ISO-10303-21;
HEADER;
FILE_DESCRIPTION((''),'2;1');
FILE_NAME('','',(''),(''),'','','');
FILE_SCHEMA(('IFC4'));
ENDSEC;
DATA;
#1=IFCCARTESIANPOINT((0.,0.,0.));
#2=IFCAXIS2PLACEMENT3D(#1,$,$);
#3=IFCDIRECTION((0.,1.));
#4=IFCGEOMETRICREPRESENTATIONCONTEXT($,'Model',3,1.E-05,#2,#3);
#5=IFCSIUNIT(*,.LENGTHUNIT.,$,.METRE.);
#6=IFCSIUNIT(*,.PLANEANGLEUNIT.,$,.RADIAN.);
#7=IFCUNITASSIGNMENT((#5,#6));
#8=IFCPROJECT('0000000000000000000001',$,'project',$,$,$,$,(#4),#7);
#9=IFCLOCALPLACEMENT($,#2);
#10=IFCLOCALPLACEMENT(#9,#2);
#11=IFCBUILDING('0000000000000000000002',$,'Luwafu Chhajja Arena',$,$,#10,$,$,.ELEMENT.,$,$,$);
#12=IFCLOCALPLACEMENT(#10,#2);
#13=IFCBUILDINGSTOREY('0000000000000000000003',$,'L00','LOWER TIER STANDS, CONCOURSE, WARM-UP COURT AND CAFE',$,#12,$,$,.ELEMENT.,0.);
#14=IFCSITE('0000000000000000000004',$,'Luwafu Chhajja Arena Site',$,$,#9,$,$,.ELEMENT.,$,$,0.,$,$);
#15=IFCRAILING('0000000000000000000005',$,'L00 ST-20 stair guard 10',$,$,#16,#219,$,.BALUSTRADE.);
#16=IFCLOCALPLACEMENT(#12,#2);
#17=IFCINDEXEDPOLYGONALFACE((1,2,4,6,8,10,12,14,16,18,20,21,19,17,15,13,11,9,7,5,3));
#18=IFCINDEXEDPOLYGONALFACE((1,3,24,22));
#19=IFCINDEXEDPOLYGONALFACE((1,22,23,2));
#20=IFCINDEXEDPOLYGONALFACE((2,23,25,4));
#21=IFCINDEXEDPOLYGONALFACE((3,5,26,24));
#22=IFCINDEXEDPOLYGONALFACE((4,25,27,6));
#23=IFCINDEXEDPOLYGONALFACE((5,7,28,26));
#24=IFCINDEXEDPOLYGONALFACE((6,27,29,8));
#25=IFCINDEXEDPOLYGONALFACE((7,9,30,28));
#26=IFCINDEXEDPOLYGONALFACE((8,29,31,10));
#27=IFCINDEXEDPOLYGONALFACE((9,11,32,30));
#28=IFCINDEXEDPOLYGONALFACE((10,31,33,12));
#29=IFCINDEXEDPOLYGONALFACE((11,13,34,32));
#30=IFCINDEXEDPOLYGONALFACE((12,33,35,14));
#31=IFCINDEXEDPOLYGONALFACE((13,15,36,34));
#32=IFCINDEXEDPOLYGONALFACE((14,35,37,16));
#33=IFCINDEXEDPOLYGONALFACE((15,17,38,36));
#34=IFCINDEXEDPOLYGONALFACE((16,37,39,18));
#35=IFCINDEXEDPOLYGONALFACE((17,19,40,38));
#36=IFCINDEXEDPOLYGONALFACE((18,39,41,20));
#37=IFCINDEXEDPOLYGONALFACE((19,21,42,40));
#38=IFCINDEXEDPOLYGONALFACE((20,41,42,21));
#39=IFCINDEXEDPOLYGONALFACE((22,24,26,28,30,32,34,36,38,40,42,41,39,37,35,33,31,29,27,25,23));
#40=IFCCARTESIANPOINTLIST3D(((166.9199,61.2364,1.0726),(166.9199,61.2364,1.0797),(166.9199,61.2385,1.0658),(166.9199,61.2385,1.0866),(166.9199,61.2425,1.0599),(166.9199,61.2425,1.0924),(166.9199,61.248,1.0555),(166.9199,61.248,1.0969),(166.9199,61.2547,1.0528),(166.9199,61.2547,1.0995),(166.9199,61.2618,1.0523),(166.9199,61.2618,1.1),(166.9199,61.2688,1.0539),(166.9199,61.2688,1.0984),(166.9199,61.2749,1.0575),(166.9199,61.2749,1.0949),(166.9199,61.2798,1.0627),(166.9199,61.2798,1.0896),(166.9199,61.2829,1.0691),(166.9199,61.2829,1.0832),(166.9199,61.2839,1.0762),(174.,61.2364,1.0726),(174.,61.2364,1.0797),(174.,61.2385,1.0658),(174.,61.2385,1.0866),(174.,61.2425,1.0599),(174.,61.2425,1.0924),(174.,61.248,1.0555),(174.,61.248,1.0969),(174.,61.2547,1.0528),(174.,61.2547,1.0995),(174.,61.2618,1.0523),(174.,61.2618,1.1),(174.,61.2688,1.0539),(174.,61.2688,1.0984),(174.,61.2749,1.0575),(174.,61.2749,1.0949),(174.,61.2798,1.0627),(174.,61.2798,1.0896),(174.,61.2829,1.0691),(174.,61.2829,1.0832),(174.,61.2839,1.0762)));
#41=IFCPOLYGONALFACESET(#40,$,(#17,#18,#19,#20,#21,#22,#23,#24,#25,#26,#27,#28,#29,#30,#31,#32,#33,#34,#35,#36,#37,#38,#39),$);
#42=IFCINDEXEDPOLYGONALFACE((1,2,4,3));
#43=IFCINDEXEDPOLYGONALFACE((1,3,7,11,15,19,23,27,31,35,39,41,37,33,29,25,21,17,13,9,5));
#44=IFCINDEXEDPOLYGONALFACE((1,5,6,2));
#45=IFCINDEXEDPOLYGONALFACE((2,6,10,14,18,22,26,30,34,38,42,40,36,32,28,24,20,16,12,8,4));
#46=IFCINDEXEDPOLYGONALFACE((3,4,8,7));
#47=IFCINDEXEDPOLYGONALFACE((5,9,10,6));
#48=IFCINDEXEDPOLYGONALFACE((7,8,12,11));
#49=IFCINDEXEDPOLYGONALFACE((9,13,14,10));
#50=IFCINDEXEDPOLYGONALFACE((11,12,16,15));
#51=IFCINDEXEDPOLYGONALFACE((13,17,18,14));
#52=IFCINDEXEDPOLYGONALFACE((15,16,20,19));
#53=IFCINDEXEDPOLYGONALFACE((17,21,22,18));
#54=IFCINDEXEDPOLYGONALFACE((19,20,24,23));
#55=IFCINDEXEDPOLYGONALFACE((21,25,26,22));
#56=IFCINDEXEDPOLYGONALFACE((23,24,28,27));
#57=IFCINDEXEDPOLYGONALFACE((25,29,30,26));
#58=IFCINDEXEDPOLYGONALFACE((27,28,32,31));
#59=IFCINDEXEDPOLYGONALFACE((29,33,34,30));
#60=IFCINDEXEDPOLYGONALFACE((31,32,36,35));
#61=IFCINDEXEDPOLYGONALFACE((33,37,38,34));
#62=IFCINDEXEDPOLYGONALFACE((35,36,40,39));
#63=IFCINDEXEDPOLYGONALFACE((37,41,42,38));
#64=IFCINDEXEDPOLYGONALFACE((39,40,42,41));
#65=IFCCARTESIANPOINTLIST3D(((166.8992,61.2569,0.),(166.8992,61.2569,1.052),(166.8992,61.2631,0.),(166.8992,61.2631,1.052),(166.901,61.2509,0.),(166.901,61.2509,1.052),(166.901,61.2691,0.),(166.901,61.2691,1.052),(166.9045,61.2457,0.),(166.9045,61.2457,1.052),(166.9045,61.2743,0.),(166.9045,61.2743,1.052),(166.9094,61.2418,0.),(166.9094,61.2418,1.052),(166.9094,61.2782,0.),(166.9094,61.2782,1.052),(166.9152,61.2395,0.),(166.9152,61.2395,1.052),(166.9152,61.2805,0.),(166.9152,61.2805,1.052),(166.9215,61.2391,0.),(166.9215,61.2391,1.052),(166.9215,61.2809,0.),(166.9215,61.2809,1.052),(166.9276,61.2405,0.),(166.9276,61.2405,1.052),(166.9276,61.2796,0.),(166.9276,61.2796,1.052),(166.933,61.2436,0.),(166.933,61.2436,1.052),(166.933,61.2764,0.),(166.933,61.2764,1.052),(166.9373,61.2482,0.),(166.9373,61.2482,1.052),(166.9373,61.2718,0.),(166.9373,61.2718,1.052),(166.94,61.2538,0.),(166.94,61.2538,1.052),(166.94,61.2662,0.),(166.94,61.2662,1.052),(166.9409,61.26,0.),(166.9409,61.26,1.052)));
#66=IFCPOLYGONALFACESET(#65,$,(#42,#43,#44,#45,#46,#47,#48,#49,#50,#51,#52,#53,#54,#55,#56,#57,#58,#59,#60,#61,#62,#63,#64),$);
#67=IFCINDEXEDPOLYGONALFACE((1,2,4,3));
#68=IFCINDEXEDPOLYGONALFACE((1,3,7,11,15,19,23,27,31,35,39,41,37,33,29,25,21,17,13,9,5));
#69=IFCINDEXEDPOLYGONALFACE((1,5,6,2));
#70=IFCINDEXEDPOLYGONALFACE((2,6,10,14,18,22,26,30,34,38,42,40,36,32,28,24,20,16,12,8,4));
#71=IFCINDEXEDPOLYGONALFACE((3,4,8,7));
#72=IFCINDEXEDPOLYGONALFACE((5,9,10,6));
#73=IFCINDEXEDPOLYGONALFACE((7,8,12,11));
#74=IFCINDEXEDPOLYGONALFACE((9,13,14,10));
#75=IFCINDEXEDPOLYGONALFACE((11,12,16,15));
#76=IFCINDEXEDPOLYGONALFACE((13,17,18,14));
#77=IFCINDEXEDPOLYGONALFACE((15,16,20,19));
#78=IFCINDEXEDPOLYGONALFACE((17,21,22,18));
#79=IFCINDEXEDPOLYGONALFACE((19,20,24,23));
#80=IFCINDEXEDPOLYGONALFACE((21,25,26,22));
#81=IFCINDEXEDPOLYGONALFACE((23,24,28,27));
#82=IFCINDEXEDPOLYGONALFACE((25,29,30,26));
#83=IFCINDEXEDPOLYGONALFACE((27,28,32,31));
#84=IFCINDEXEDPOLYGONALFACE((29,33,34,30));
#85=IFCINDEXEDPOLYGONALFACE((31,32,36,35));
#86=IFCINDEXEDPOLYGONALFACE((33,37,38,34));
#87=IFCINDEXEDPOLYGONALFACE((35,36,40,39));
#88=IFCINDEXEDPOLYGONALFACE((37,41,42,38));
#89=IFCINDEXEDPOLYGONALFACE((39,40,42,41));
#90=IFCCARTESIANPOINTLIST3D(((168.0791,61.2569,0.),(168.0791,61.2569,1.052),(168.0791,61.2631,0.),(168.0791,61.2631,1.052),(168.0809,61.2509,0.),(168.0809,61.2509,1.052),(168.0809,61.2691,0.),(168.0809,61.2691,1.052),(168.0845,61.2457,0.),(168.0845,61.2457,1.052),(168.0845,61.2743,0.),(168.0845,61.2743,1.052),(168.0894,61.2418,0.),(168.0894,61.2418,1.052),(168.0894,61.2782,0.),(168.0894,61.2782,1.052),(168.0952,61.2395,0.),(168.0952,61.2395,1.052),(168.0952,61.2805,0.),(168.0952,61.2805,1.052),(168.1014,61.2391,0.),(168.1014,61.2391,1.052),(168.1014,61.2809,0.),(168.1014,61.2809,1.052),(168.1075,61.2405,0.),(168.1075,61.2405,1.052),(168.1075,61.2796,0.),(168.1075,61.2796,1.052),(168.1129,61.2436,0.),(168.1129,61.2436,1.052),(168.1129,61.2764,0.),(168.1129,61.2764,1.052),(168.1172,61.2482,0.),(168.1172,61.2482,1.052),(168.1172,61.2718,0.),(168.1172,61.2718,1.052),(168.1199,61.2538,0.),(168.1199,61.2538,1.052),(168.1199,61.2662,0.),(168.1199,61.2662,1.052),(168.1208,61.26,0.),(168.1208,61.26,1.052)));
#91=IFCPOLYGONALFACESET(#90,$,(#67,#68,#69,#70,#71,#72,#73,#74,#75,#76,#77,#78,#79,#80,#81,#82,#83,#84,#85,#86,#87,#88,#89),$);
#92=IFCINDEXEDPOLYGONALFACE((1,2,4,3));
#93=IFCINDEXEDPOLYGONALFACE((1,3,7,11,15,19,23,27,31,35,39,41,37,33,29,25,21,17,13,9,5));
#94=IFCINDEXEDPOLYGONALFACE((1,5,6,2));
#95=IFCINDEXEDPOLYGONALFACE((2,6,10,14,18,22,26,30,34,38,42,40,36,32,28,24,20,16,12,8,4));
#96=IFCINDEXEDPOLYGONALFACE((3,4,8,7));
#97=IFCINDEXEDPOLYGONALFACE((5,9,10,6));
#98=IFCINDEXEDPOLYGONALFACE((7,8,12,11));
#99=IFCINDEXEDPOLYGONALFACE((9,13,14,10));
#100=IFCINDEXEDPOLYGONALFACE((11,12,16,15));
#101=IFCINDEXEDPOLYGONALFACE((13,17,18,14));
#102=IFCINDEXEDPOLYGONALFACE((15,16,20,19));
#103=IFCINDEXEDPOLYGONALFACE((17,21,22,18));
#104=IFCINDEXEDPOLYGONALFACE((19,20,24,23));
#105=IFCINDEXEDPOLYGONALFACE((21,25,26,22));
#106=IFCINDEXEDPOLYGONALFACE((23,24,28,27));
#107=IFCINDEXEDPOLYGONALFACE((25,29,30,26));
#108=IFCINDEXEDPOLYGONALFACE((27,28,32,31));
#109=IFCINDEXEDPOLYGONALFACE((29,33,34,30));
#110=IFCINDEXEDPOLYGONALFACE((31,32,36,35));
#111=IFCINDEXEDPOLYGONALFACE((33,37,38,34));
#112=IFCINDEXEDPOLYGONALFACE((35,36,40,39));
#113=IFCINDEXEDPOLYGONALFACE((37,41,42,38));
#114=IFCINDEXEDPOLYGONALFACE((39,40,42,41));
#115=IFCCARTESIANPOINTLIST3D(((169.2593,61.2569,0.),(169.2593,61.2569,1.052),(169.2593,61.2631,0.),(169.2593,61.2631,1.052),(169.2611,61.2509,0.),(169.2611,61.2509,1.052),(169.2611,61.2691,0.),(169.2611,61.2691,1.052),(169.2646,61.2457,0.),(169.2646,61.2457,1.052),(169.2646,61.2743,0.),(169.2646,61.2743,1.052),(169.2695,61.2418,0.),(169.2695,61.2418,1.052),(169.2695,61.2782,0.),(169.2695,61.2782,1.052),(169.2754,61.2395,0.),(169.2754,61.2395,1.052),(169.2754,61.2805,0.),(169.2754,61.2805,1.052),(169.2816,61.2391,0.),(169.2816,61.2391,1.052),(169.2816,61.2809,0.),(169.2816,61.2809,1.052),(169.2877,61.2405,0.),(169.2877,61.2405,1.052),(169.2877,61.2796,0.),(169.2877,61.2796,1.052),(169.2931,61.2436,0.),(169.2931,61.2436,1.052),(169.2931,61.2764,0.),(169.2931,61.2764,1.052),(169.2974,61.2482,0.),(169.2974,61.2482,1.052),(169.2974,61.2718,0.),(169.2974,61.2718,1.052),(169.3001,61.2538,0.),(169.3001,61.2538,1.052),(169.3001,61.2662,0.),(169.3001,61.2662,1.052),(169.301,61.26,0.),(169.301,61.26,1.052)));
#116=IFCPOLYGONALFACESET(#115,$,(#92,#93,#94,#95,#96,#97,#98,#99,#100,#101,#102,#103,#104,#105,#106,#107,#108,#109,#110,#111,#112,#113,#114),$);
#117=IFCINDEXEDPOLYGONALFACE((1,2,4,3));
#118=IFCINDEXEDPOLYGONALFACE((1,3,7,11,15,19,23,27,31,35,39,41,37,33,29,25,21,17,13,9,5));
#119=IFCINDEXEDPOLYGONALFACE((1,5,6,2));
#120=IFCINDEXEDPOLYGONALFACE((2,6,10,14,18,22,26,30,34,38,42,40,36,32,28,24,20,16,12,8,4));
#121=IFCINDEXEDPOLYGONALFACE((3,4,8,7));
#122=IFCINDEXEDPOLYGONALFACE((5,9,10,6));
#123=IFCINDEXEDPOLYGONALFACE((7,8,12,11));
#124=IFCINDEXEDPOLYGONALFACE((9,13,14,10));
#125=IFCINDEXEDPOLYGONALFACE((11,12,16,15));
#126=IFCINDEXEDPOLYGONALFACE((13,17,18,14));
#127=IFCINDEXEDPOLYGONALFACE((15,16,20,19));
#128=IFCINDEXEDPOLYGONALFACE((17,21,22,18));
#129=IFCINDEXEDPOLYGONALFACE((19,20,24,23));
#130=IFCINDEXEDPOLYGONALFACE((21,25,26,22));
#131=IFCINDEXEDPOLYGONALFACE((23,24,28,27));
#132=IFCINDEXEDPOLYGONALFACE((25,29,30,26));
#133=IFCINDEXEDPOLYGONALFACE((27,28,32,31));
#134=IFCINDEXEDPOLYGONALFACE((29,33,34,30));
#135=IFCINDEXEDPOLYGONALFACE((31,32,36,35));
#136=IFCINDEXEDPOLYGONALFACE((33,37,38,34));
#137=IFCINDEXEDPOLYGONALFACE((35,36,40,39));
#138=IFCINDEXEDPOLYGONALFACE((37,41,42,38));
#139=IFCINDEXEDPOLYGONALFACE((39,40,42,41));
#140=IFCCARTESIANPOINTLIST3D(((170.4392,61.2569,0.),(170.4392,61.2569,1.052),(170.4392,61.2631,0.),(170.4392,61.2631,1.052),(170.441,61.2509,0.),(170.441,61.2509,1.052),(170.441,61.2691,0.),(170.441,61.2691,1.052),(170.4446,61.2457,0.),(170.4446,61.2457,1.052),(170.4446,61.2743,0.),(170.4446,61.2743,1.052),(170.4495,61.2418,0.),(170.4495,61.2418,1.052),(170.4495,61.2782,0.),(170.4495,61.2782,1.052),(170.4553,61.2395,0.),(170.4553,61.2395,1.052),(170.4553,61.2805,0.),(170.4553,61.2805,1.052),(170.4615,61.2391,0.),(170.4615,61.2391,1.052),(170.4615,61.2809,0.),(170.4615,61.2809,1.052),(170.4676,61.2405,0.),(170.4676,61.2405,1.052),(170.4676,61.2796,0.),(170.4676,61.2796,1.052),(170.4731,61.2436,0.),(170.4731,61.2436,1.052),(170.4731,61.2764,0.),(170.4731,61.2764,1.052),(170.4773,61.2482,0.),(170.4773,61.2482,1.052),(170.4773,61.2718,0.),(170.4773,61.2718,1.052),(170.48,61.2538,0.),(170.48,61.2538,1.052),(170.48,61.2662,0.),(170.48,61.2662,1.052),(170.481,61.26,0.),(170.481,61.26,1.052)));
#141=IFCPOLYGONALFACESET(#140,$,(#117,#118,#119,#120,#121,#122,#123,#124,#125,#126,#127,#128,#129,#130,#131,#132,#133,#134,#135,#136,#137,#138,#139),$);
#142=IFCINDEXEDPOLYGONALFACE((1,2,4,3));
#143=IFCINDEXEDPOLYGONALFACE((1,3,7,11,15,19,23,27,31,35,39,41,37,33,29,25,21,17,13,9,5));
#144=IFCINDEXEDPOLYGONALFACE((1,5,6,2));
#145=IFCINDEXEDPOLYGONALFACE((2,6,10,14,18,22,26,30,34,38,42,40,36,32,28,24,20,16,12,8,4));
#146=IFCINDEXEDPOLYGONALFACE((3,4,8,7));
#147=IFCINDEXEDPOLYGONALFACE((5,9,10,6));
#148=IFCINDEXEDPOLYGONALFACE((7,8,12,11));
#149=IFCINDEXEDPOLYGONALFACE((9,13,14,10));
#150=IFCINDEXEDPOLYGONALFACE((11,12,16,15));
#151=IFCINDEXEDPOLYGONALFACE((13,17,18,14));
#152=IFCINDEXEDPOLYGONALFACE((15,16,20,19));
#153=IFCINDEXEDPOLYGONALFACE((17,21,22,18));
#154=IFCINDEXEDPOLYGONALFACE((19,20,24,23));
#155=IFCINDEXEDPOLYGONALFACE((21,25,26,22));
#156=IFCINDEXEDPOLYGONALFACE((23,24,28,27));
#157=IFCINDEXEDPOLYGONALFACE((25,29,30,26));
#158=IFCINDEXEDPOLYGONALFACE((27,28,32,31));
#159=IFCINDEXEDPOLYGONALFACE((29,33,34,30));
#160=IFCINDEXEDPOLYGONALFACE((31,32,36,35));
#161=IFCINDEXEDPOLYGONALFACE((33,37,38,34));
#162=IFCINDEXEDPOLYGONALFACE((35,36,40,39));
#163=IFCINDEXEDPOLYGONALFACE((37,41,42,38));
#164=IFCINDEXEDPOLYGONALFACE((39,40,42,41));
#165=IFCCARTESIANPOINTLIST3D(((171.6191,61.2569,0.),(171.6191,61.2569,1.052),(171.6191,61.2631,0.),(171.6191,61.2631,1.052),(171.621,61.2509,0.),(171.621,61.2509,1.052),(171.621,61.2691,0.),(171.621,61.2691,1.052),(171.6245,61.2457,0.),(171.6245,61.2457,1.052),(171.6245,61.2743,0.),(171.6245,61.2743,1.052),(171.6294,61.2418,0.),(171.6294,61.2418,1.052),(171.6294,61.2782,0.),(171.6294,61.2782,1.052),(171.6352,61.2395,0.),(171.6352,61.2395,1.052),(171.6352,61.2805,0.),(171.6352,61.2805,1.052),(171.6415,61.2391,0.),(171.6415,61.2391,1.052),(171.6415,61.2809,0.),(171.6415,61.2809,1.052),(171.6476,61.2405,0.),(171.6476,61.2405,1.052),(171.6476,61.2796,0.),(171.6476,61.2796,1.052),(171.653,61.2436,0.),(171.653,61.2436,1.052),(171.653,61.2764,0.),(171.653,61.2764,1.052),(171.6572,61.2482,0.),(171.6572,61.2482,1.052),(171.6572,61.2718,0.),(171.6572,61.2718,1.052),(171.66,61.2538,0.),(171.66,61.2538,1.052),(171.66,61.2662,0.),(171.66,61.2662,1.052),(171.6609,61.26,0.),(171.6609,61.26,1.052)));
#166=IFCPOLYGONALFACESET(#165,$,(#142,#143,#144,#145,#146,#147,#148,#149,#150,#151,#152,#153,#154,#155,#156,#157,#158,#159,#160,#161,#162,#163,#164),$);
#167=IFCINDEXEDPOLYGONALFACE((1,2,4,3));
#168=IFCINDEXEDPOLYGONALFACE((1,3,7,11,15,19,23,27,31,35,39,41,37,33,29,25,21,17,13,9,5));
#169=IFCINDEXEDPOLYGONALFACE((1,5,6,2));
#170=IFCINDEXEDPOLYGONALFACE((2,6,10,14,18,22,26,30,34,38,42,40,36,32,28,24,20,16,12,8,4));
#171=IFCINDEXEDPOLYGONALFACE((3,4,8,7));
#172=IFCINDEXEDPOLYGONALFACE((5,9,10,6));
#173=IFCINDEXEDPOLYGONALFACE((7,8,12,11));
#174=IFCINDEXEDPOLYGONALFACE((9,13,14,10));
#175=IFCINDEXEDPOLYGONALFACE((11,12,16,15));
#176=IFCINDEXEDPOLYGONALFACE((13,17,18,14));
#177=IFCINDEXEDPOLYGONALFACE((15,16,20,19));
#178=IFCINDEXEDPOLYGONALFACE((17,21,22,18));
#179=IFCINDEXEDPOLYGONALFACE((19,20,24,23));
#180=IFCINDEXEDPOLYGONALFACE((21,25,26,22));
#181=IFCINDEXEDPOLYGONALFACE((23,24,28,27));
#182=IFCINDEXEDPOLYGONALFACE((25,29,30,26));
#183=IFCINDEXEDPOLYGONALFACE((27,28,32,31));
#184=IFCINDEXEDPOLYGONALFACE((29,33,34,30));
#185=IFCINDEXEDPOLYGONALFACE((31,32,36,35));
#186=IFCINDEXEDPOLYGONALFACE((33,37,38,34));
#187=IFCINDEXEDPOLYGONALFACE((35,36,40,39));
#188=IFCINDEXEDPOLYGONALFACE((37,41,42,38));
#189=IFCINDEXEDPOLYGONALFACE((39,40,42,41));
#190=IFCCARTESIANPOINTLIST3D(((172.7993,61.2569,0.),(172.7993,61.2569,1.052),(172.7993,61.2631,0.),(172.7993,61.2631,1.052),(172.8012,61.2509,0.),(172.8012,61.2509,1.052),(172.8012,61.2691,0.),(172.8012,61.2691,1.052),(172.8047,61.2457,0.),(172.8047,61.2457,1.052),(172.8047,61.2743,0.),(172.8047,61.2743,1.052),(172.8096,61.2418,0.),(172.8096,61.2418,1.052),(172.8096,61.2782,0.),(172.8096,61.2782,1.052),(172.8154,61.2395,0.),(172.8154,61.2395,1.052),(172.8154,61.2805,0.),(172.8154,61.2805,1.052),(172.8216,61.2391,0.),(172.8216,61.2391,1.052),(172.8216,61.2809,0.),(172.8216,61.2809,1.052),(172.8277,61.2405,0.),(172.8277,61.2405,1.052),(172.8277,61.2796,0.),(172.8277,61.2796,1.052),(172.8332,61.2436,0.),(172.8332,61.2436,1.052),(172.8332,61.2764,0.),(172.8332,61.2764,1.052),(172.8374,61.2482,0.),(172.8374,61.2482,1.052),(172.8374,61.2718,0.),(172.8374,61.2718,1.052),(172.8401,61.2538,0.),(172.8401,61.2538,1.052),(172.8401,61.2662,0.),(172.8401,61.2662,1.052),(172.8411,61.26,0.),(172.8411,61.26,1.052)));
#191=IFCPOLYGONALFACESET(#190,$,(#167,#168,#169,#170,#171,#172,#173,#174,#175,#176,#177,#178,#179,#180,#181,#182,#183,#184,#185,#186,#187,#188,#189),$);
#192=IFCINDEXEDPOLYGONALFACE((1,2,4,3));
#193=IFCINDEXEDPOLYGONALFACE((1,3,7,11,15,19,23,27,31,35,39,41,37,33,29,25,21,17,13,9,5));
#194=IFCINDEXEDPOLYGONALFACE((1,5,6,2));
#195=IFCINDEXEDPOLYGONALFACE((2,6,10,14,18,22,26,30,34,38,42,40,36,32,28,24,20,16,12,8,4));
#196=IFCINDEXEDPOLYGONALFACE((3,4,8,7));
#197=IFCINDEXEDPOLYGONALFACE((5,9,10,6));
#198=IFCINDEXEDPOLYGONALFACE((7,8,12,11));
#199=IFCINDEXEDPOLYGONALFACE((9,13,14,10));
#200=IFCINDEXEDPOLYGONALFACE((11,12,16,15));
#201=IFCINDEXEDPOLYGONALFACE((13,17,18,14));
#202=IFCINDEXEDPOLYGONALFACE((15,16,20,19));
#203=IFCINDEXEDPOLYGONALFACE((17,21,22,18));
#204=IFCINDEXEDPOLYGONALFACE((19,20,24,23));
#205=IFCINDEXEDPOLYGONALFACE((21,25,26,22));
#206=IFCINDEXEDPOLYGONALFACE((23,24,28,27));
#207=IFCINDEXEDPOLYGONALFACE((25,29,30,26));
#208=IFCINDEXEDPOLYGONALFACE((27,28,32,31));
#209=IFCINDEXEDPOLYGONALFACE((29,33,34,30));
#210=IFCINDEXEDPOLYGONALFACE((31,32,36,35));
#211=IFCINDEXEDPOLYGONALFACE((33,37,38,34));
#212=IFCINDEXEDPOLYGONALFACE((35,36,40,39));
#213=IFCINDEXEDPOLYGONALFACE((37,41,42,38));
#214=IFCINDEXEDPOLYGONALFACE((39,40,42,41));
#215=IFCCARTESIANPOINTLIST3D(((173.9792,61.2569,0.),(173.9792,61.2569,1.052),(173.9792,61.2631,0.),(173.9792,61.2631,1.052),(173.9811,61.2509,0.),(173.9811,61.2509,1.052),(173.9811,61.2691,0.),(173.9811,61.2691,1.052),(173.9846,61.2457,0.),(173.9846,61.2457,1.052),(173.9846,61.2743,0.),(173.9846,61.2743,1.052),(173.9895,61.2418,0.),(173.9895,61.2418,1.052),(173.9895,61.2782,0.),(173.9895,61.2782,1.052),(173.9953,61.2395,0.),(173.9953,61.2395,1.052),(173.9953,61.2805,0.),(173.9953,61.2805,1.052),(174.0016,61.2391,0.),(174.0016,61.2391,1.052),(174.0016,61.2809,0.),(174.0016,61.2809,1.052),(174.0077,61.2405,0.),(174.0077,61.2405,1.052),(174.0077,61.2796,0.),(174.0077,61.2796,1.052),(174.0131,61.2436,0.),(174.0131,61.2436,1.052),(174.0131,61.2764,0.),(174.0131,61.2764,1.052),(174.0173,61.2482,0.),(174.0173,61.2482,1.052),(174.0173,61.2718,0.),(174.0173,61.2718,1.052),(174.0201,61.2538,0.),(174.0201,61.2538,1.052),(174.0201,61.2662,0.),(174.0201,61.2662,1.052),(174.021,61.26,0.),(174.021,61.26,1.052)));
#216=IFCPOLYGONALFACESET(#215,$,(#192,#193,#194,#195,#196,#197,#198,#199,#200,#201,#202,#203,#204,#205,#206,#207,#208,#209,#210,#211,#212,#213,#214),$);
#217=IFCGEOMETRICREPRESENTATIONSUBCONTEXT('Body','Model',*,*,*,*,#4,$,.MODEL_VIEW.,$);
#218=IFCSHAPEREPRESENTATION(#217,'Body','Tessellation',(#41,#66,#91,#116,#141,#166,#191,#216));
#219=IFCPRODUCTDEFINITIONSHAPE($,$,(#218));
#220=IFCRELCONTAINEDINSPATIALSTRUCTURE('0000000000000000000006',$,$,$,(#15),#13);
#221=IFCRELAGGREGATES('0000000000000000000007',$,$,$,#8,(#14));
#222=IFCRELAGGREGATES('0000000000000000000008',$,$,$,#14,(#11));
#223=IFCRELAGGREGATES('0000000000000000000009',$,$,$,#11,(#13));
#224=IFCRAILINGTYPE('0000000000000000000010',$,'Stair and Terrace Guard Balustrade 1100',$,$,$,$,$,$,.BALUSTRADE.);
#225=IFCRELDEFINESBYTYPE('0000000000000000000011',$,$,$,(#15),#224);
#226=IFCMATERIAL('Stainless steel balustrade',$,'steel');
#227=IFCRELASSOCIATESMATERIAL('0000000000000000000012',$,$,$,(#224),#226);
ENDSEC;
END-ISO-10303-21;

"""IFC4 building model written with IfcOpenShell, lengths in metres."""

from ifc_helpers import new_model, si_unit, direction, frame, origin, origin_2d, place, context, subcontext, project, spatial, circle, extrude, material, type_object, element, save


model = new_model("IFC4")

# Units and contexts
model_context = context("Model", 3, precision=1e-05, world=origin(), true_north=direction((0.0, 1.0)))
body_context = subcontext(model_context, "Body", "Model", "MODEL_VIEW")
ifc_project = project(units=[si_unit("LENGTHUNIT", "METRE"), si_unit("PLANEANGLEUNIT", "RADIAN")], contexts=[model_context])

# Site, building, storey
site_placement = place(None, origin())
site = spatial("IfcSite", under=ifc_project, at=site_placement, Name="Luwafu Chhajja Arena Site", CompositionType="ELEMENT", RefElevation=0.0)
building_placement = place(site_placement, origin())
building = spatial("IfcBuilding", under=site, at=building_placement, Name="Luwafu Chhajja Arena", CompositionType="ELEMENT")
storey_placement = place(building_placement, origin())
storey = spatial("IfcBuildingStorey", under=building, at=storey_placement, Name="L00", Description="LOWER TIER STANDS, CONCOURSE, WARM-UP COURT AND CAFE", CompositionType="ELEMENT", Elevation=0.0)

# Railing
ifc_material_1 = material(Name="Stainless steel balustrade", Category="steel")
railing_type_1 = type_object("IfcRailingType", Name="Stair and Terrace Guard Balustrade 1100", PredefinedType="BALUSTRADE", material=ifc_material_1)
for number, where, name in (
    (1, (166.9199, 61.26, 0.0), "L00 ST-20 stair guard 10"),
):
    element("IfcRailing", number, at=place(storey_placement, frame(where)), inside=storey, type_object=railing_type_1, Name=name, PredefinedType="BALUSTRADE", context=body_context, shape_type="SweptSolid", body=[
        extrude(circle(Radius=0.0239, at=origin_2d()), frame((0.0, 0.0, 1.0762), z_axis=(1.0, 0.0, 0.0), x_axis=(0.0, 1.0, 0.0)), (0.0, 0.0, 1.0), 7.0801),
        extrude(circle(Radius=0.021, at=origin_2d()), origin(), (0.0, 0.0, 1.0), 1.052),
        extrude(circle(Radius=0.021, at=origin_2d()), frame((1.1799, 0.0, 0.0)), (0.0, 0.0, 1.0), 1.052),
        extrude(circle(Radius=0.021, at=origin_2d()), frame((2.3601, 0.0, 0.0)), (0.0, 0.0, 1.0), 1.052),
        extrude(circle(Radius=0.021, at=origin_2d()), frame((3.54, 0.0, 0.0)), (0.0, 0.0, 1.0), 1.052),
        extrude(circle(Radius=0.021, at=origin_2d()), frame((4.72, 0.0, 0.0)), (0.0, 0.0, 1.0), 1.052),
        extrude(circle(Radius=0.021, at=origin_2d()), frame((5.9001, 0.0, 0.0)), (0.0, 0.0, 1.0), 1.052),
        extrude(circle(Radius=0.021, at=origin_2d()), frame((7.0801, 0.0, 0.0)), (0.0, 0.0, 1.0), 1.052),
    ])

save(model, "model.ifc")
